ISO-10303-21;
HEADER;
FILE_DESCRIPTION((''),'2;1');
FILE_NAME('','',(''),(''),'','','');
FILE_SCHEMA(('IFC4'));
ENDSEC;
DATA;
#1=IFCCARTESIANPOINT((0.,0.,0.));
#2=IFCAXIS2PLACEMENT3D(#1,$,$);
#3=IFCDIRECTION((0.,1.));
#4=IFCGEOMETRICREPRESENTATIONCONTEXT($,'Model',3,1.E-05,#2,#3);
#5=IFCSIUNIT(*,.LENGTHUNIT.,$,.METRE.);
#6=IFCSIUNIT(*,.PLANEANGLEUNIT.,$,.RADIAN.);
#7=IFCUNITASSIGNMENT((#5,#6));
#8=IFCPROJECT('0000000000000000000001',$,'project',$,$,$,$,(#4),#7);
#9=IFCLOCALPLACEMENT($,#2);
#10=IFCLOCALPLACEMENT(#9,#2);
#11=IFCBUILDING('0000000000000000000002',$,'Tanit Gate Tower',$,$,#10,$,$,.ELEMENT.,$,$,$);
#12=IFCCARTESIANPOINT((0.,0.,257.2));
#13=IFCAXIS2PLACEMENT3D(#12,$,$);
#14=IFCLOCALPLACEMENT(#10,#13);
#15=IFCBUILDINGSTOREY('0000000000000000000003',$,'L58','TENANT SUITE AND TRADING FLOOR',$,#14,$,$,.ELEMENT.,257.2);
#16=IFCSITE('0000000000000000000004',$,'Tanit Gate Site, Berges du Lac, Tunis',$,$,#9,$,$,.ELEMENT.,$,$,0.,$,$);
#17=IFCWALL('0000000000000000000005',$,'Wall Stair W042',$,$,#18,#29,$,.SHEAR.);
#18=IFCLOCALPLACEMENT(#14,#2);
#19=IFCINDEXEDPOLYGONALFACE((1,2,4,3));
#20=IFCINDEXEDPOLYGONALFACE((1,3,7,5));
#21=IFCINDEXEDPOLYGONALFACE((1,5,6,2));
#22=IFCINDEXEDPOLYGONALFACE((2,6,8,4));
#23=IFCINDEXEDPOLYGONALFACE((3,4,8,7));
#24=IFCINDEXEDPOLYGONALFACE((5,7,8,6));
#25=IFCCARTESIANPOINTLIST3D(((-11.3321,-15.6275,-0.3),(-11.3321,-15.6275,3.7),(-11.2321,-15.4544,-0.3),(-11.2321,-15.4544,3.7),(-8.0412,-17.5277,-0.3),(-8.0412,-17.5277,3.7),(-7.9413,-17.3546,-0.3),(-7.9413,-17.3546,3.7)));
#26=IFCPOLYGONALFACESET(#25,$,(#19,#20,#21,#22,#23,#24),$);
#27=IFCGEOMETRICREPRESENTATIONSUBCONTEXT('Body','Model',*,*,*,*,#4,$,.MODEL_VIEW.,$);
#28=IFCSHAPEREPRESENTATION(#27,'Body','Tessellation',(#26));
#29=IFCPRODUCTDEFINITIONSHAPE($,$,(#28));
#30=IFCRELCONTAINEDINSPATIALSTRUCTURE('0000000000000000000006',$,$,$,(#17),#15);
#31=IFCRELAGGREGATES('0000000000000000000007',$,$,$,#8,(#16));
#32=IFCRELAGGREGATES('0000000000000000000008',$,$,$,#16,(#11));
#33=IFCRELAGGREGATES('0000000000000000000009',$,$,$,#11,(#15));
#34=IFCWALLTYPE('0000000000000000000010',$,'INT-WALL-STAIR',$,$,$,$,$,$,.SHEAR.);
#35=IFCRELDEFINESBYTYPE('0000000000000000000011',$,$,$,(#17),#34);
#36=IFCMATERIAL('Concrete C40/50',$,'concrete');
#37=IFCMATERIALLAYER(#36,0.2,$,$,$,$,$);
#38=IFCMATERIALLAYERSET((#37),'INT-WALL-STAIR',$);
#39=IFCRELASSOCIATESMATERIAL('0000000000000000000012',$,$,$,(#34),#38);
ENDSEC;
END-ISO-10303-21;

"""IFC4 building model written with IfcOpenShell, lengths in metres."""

from ifc_helpers import new_model, si_unit, direction, frame, frame_2d, origin, place, context, subcontext, project, spatial, rectangle, extrude, material, layer, layer_set, type_object, element, save


model = new_model("IFC4")

# Units and contexts
model_context = context("Model", 3, precision=1e-05, world=origin(), true_north=direction((0.0, 1.0)))
body_context = subcontext(model_context, "Body", "Model", "MODEL_VIEW")
ifc_project = project(units=[si_unit("LENGTHUNIT", "METRE"), si_unit("PLANEANGLEUNIT", "RADIAN")], contexts=[model_context])

# Site, building, storey
site_placement = place(None, origin())
site = spatial("IfcSite", under=ifc_project, at=site_placement, Name="Tanit Gate Site, Berges du Lac, Tunis", CompositionType="ELEMENT", RefElevation=0.0)
building_placement = place(site_placement, origin())
building = spatial("IfcBuilding", under=site, at=building_placement, Name="Tanit Gate Tower", CompositionType="ELEMENT")
storey_placement = place(building_placement, frame((0.0, 0.0, 257.2)))
storey = spatial("IfcBuildingStorey", under=building, at=storey_placement, Name="L58", Description="TENANT SUITE AND TRADING FLOOR", CompositionType="ELEMENT", Elevation=257.2)

# Wall
ifc_material_1 = material(Name="Concrete C40/50", Category="concrete")
ifc_layer_1 = layer(ifc_material_1, 0.2)
ifc_layer_set_1 = layer_set([ifc_layer_1], Name="INT-WALL-STAIR")
wall_type_1 = type_object("IfcWallType", Name="INT-WALL-STAIR", PredefinedType="SHEAR", material=ifc_layer_set_1)
wall_1_placement = place(storey_placement, frame((-11.282, -15.541, -0.3), z_axis=(0.0, 0.0, 1.0), x_axis=(0.866, -0.500043, 0.0)))
element("IfcWall", 1, at=wall_1_placement, inside=storey, type_object=wall_type_1, Name="Wall Stair W042", PredefinedType="SHEAR", context=body_context, shape_type="SweptSolid", body=[
    extrude(rectangle(XDim=3.8, YDim=0.2, at=frame_2d((1.8999, 0.0))), origin(), (0.0, 0.0, 1.0), 4.0),
])

save(model, "model.ifc")
